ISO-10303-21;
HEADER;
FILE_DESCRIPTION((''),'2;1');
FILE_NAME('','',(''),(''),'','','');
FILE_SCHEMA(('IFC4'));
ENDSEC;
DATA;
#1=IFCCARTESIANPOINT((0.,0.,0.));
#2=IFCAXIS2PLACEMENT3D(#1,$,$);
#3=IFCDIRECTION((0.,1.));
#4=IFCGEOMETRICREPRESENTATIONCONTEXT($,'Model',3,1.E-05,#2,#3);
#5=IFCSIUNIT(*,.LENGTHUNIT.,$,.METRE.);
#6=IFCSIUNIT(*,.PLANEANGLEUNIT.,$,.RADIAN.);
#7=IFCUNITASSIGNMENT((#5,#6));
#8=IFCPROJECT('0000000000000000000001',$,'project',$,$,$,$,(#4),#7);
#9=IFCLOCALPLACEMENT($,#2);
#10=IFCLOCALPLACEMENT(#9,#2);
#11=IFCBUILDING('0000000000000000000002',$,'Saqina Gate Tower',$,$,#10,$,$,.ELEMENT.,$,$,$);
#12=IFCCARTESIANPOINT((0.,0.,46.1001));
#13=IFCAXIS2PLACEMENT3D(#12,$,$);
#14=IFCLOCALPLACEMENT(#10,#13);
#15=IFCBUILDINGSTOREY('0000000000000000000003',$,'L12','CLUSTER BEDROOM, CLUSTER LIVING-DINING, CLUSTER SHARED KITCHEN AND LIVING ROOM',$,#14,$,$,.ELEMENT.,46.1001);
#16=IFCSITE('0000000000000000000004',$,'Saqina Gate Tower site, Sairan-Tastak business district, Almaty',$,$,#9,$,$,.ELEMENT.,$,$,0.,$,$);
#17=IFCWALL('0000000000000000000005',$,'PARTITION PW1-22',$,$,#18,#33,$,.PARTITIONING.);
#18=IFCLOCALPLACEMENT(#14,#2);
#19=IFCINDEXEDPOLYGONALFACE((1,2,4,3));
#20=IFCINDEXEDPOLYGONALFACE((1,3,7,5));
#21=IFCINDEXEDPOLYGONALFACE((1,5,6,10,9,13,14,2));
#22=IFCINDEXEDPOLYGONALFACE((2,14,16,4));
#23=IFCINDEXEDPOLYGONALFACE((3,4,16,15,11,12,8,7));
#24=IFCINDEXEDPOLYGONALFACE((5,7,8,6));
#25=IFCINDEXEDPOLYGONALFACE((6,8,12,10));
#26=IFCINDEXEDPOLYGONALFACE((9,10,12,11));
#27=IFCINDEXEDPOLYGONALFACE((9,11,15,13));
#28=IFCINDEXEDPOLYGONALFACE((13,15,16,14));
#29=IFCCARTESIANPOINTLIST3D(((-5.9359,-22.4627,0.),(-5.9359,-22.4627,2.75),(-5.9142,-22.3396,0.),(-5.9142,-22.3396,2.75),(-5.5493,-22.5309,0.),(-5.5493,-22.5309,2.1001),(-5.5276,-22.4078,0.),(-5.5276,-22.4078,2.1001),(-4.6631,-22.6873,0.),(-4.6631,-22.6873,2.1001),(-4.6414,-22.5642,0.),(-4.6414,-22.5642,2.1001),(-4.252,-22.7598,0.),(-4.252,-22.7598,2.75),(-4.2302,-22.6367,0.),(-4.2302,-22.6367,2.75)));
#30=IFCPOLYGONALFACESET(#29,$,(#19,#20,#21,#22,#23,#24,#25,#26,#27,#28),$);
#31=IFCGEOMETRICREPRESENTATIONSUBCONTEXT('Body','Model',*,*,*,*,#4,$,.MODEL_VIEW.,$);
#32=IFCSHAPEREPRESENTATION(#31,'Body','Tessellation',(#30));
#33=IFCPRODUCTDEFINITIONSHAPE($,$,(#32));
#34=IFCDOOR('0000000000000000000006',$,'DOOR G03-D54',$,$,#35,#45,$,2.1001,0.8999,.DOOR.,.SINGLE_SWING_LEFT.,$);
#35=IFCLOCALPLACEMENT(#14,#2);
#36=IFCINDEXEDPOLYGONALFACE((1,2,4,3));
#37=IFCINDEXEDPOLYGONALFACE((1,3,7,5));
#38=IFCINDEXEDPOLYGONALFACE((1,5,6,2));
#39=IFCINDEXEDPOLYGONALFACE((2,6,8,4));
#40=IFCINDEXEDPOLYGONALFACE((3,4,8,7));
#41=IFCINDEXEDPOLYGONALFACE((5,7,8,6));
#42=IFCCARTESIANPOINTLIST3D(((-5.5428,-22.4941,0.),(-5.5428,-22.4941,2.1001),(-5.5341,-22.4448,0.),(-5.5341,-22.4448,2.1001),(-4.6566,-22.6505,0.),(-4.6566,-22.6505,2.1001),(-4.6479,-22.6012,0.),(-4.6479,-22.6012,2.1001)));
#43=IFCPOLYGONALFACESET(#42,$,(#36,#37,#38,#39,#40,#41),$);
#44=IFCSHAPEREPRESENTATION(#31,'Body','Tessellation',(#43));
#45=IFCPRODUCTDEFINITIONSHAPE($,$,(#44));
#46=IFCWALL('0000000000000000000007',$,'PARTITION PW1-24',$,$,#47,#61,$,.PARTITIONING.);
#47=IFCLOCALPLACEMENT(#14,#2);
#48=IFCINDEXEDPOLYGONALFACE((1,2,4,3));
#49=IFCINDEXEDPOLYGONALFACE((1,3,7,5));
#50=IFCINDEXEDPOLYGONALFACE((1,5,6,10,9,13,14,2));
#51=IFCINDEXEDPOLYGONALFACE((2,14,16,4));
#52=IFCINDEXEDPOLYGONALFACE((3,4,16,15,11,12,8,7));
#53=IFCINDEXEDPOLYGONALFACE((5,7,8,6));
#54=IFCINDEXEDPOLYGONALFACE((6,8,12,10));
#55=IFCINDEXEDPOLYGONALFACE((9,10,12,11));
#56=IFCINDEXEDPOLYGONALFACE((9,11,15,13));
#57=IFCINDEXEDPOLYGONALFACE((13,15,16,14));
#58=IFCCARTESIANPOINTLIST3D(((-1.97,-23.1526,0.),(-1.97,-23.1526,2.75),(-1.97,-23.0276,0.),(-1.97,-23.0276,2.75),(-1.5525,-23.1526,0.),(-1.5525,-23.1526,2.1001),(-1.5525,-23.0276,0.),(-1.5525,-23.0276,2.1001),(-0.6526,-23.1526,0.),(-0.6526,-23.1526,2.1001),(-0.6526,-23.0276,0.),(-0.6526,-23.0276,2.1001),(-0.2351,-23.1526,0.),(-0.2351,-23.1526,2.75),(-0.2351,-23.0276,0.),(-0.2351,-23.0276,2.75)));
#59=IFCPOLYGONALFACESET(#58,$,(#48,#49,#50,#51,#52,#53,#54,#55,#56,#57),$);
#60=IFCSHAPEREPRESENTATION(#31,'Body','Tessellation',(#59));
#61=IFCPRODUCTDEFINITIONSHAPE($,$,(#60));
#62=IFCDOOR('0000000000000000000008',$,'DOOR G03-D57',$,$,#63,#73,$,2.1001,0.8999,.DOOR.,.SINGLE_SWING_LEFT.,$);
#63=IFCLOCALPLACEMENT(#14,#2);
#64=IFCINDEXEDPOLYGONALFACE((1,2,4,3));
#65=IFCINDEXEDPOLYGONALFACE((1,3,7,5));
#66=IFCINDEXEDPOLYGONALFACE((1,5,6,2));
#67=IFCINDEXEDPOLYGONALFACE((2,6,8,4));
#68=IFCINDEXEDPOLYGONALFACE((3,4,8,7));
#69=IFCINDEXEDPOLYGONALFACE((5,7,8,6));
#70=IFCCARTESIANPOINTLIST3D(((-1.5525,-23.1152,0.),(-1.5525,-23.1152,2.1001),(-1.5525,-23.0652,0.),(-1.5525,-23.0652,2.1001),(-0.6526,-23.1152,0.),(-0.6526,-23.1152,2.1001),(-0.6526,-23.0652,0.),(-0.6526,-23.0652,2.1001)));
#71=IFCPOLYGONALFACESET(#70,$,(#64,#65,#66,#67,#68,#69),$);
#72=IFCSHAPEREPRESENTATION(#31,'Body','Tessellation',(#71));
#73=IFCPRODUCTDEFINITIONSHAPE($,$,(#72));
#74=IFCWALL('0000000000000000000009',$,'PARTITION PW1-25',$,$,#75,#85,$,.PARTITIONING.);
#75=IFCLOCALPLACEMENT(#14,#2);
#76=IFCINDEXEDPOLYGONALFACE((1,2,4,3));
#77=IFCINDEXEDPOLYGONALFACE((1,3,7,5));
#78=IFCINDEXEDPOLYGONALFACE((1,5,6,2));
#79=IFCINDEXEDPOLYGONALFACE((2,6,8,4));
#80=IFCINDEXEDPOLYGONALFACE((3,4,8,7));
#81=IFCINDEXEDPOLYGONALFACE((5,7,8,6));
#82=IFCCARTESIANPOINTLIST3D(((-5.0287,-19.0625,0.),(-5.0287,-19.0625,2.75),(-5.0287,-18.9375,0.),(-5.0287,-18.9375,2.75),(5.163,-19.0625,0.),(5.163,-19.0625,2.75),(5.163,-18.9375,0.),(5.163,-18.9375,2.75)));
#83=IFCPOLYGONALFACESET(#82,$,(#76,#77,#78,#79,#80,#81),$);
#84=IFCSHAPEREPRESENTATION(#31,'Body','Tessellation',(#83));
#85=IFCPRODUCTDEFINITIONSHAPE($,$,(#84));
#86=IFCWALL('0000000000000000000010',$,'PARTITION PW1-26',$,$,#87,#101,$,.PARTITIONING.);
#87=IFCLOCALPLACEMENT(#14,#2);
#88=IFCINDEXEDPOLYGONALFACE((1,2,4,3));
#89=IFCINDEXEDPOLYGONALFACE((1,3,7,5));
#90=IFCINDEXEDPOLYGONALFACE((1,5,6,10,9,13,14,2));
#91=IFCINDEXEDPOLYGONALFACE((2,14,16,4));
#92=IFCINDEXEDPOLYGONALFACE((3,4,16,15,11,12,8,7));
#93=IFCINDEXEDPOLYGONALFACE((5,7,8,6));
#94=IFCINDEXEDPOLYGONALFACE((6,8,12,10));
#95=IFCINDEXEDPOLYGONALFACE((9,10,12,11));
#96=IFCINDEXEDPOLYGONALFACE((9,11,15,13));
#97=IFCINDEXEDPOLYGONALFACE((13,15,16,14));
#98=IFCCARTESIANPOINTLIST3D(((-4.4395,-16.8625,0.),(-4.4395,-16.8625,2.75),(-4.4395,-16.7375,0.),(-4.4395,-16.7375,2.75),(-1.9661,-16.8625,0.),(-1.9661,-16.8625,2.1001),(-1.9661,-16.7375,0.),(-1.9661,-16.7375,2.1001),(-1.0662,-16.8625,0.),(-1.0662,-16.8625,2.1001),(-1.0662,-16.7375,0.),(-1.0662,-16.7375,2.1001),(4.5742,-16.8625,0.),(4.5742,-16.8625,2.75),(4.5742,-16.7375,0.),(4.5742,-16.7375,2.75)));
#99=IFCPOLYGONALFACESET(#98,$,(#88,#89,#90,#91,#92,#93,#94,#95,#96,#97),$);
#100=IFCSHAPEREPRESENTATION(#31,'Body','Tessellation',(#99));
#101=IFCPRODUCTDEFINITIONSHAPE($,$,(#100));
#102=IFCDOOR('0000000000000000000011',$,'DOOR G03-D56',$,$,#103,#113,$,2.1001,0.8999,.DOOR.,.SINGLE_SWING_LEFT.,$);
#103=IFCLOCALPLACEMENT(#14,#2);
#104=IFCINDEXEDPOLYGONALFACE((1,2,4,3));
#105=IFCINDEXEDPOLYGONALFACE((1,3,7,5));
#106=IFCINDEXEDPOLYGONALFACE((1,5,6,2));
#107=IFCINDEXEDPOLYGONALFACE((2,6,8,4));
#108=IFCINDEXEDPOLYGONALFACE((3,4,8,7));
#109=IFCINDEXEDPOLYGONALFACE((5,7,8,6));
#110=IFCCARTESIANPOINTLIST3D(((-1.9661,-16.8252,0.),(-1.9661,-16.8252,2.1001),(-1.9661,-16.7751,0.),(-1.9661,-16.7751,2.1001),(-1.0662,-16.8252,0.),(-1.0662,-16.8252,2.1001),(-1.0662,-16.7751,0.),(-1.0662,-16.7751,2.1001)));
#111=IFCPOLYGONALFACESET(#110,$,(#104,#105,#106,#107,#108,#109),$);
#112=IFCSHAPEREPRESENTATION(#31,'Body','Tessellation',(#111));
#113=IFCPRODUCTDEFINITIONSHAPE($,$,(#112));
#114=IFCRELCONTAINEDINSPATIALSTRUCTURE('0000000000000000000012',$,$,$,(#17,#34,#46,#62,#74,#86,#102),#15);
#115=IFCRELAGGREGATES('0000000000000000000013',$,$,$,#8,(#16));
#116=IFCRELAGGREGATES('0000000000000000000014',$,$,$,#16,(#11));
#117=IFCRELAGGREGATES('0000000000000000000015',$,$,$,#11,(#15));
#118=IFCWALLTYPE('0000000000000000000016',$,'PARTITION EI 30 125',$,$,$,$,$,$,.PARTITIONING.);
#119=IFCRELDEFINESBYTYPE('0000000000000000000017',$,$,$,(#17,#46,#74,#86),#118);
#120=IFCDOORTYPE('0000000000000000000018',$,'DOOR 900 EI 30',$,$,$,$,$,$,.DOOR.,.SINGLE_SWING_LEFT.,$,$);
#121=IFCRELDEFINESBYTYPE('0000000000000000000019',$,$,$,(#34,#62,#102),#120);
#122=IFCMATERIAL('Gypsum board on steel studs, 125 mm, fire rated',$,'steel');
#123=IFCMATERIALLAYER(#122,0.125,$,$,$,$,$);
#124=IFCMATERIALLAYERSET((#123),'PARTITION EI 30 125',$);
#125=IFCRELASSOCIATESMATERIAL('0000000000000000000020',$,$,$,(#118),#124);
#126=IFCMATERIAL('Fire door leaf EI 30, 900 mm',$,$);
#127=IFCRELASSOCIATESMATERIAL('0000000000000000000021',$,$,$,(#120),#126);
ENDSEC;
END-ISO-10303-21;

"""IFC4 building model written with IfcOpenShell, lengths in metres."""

from ifc_helpers import new_model, si_unit, direction, frame, frame_2d, origin, place, context, subcontext, project, spatial, rectangle, extrude, material, layer, layer_set, type_object, element, fill, save


model = new_model("IFC4")

# Units and contexts
model_context = context("Model", 3, precision=1e-05, world=origin(), true_north=direction((0.0, 1.0)))
body_context = subcontext(model_context, "Body", "Model", "MODEL_VIEW")
ifc_project = project(units=[si_unit("LENGTHUNIT", "METRE"), si_unit("PLANEANGLEUNIT", "RADIAN")], contexts=[model_context])

# Site, building, storey
site_placement = place(None, origin())
site = spatial("IfcSite", under=ifc_project, at=site_placement, Name="Saqina Gate Tower site, Sairan-Tastak business district, Almaty", CompositionType="ELEMENT", RefElevation=0.0)
building_placement = place(site_placement, origin())
building = spatial("IfcBuilding", under=site, at=building_placement, Name="Saqina Gate Tower", CompositionType="ELEMENT")
storey_placement = place(building_placement, frame((0.0, 0.0, 46.1001)))
storey = spatial("IfcBuildingStorey", under=building, at=storey_placement, Name="L12", Description="CLUSTER BEDROOM, CLUSTER LIVING-DINING, CLUSTER SHARED KITCHEN AND LIVING ROOM", CompositionType="ELEMENT", Elevation=46.1001)

# Walls, openings, doors
ifc_material_1 = material(Name="Gypsum board on steel studs, 125 mm, fire rated", Category="steel")
ifc_layer_1 = layer(ifc_material_1, 0.125)
ifc_layer_set_1 = layer_set([ifc_layer_1], Name="PARTITION EI 30 125")
wall_type_1 = type_object("IfcWallType", Name="PARTITION EI 30 125", PredefinedType="PARTITIONING", material=ifc_layer_set_1)
ifc_material_2 = material(Name="Fire door leaf EI 30, 900 mm")
door_type_1 = type_object("IfcDoorType", Name="DOOR 900 EI 30", OperationType="SINGLE_SWING_LEFT", PredefinedType="DOOR", material=ifc_material_2)
wall_1_placement = place(storey_placement, frame((-5.925, -22.4011, 0.0), z_axis=(0.0, 0.0, 1.0), x_axis=(0.984786, -0.173769, 0.0)))
wall_1 = element("IfcWall", 1, at=wall_1_placement, inside=storey, type_object=wall_type_1, Name="PARTITION PW1-22", PredefinedType="PARTITIONING", context=body_context, shape_type="SweptSolid", body=[
    extrude(rectangle(XDim=1.71, YDim=0.125, at=frame_2d((0.855, 0.0))), origin(), (0.0, 0.0, 1.0), 2.75),
])
opening_1_placement = place(wall_1_placement, frame((0.3926, 0.0, 0.0)))
opening_1 = element("IfcOpeningElement", 2, at=opening_1_placement, cuts=wall_1, PredefinedType="OPENING", context=body_context, shape_type="SweptSolid", body=[
    extrude(rectangle(XDim=0.8999, YDim=2.1001, at=frame_2d((0.45, 1.05))), frame((0.0, 0.0745, 0.0), z_axis=(0.0, -1.0, 0.0), x_axis=(1.0, 0.0, 0.0)), (0.0, 0.0, 1.0), 0.1489),
])
door_1_placement = place(opening_1_placement, origin())
door_1 = element("IfcDoor", 3, at=door_1_placement, inside=storey, type_object=door_type_1, Name="DOOR G03-D54", OperationType="SINGLE_SWING_LEFT", OverallHeight=2.1001, OverallWidth=0.8999, PredefinedType="DOOR", context=body_context, shape_type="SweptSolid", body=[
    extrude(rectangle(XDim=0.8999, YDim=2.1001, at=frame_2d((0.45, 1.05))), frame((0.0, 0.0249, 0.0), z_axis=(0.0, -1.0, 0.0), x_axis=(1.0, 0.0, 0.0)), (0.0, 0.0, 1.0), 0.05),
])
fill(opening_1, door_1)
wall_2_placement = place(storey_placement, frame((-1.97, -23.0901, 0.0), z_axis=(0.0, 0.0, 1.0), x_axis=(1.0, 0.0, 0.0)))
wall_2 = element("IfcWall", 4, at=wall_2_placement, inside=storey, type_object=wall_type_1, Name="PARTITION PW1-24", PredefinedType="PARTITIONING", context=body_context, shape_type="SweptSolid", body=[
    extrude(rectangle(XDim=1.7349, YDim=0.125, at=frame_2d((0.8674, 0.0))), origin(), (0.0, 0.0, 1.0), 2.75),
])
opening_2_placement = place(wall_2_placement, frame((0.4175, 0.0, 0.0)))
opening_2 = element("IfcOpeningElement", 5, at=opening_2_placement, cuts=wall_2, PredefinedType="OPENING", context=body_context, shape_type="SweptSolid", body=[
    extrude(rectangle(XDim=0.8999, YDim=2.1001, at=frame_2d((0.45, 1.05))), frame((0.0, 0.0745, 0.0), z_axis=(0.0, -1.0, 0.0), x_axis=(1.0, 0.0, 0.0)), (0.0, 0.0, 1.0), 0.1489),
])
door_2_placement = place(opening_2_placement, origin())
door_2 = element("IfcDoor", 6, at=door_2_placement, inside=storey, type_object=door_type_1, Name="DOOR G03-D57", OperationType="SINGLE_SWING_LEFT", OverallHeight=2.1001, OverallWidth=0.8999, PredefinedType="DOOR", context=body_context, shape_type="SweptSolid", body=[
    extrude(rectangle(XDim=0.8999, YDim=2.1001, at=frame_2d((0.45, 1.05))), frame((0.0, 0.0249, 0.0), z_axis=(0.0, -1.0, 0.0), x_axis=(1.0, 0.0, 0.0)), (0.0, 0.0, 1.0), 0.05),
])
fill(opening_2, door_2)

# Wall
wall_3_placement = place(storey_placement, frame((-5.0286, -19.0, 0.0), z_axis=(0.0, 0.0, 1.0), x_axis=(1.0, 0.0, 0.0)))
element("IfcWall", 7, at=wall_3_placement, inside=storey, type_object=wall_type_1, Name="PARTITION PW1-25", PredefinedType="PARTITIONING", context=body_context, shape_type="SweptSolid", body=[
    extrude(rectangle(XDim=10.1917, YDim=0.125, at=frame_2d((5.0957, 0.0))), origin(), (0.0, 0.0, 1.0), 2.75),
])

# Wall, opening, door
wall_4_placement = place(storey_placement, frame((-4.4395, -16.8, 0.0), z_axis=(0.0, 0.0, 1.0), x_axis=(1.0, 0.0, 0.0)))
wall_4 = element("IfcWall", 8, at=wall_4_placement, inside=storey, type_object=wall_type_1, Name="PARTITION PW1-26", PredefinedType="PARTITIONING", context=body_context, shape_type="SweptSolid", body=[
    extrude(rectangle(XDim=9.0137, YDim=0.125, at=frame_2d((4.5068, 0.0))), origin(), (0.0, 0.0, 1.0), 2.75),
])
opening_3_placement = place(wall_4_placement, frame((2.4734, 0.0, 0.0)))
opening_3 = element("IfcOpeningElement", 9, at=opening_3_placement, cuts=wall_4, PredefinedType="OPENING", context=body_context, shape_type="SweptSolid", body=[
    extrude(rectangle(XDim=0.8999, YDim=2.1001, at=frame_2d((0.45, 1.05))), frame((0.0, 0.0745, 0.0), z_axis=(0.0, -1.0, 0.0), x_axis=(1.0, 0.0, 0.0)), (0.0, 0.0, 1.0), 0.1489),
])
door_3_placement = place(opening_3_placement, origin())
door_3 = element("IfcDoor", 10, at=door_3_placement, inside=storey, type_object=door_type_1, Name="DOOR G03-D56", OperationType="SINGLE_SWING_LEFT", OverallHeight=2.1001, OverallWidth=0.8999, PredefinedType="DOOR", context=body_context, shape_type="SweptSolid", body=[
    extrude(rectangle(XDim=0.8999, YDim=2.1001, at=frame_2d((0.45, 1.05))), frame((0.0, 0.0249, 0.0), z_axis=(0.0, -1.0, 0.0), x_axis=(1.0, 0.0, 0.0)), (0.0, 0.0, 1.0), 0.05),
])
fill(opening_3, door_3)

save(model, "model.ifc")
